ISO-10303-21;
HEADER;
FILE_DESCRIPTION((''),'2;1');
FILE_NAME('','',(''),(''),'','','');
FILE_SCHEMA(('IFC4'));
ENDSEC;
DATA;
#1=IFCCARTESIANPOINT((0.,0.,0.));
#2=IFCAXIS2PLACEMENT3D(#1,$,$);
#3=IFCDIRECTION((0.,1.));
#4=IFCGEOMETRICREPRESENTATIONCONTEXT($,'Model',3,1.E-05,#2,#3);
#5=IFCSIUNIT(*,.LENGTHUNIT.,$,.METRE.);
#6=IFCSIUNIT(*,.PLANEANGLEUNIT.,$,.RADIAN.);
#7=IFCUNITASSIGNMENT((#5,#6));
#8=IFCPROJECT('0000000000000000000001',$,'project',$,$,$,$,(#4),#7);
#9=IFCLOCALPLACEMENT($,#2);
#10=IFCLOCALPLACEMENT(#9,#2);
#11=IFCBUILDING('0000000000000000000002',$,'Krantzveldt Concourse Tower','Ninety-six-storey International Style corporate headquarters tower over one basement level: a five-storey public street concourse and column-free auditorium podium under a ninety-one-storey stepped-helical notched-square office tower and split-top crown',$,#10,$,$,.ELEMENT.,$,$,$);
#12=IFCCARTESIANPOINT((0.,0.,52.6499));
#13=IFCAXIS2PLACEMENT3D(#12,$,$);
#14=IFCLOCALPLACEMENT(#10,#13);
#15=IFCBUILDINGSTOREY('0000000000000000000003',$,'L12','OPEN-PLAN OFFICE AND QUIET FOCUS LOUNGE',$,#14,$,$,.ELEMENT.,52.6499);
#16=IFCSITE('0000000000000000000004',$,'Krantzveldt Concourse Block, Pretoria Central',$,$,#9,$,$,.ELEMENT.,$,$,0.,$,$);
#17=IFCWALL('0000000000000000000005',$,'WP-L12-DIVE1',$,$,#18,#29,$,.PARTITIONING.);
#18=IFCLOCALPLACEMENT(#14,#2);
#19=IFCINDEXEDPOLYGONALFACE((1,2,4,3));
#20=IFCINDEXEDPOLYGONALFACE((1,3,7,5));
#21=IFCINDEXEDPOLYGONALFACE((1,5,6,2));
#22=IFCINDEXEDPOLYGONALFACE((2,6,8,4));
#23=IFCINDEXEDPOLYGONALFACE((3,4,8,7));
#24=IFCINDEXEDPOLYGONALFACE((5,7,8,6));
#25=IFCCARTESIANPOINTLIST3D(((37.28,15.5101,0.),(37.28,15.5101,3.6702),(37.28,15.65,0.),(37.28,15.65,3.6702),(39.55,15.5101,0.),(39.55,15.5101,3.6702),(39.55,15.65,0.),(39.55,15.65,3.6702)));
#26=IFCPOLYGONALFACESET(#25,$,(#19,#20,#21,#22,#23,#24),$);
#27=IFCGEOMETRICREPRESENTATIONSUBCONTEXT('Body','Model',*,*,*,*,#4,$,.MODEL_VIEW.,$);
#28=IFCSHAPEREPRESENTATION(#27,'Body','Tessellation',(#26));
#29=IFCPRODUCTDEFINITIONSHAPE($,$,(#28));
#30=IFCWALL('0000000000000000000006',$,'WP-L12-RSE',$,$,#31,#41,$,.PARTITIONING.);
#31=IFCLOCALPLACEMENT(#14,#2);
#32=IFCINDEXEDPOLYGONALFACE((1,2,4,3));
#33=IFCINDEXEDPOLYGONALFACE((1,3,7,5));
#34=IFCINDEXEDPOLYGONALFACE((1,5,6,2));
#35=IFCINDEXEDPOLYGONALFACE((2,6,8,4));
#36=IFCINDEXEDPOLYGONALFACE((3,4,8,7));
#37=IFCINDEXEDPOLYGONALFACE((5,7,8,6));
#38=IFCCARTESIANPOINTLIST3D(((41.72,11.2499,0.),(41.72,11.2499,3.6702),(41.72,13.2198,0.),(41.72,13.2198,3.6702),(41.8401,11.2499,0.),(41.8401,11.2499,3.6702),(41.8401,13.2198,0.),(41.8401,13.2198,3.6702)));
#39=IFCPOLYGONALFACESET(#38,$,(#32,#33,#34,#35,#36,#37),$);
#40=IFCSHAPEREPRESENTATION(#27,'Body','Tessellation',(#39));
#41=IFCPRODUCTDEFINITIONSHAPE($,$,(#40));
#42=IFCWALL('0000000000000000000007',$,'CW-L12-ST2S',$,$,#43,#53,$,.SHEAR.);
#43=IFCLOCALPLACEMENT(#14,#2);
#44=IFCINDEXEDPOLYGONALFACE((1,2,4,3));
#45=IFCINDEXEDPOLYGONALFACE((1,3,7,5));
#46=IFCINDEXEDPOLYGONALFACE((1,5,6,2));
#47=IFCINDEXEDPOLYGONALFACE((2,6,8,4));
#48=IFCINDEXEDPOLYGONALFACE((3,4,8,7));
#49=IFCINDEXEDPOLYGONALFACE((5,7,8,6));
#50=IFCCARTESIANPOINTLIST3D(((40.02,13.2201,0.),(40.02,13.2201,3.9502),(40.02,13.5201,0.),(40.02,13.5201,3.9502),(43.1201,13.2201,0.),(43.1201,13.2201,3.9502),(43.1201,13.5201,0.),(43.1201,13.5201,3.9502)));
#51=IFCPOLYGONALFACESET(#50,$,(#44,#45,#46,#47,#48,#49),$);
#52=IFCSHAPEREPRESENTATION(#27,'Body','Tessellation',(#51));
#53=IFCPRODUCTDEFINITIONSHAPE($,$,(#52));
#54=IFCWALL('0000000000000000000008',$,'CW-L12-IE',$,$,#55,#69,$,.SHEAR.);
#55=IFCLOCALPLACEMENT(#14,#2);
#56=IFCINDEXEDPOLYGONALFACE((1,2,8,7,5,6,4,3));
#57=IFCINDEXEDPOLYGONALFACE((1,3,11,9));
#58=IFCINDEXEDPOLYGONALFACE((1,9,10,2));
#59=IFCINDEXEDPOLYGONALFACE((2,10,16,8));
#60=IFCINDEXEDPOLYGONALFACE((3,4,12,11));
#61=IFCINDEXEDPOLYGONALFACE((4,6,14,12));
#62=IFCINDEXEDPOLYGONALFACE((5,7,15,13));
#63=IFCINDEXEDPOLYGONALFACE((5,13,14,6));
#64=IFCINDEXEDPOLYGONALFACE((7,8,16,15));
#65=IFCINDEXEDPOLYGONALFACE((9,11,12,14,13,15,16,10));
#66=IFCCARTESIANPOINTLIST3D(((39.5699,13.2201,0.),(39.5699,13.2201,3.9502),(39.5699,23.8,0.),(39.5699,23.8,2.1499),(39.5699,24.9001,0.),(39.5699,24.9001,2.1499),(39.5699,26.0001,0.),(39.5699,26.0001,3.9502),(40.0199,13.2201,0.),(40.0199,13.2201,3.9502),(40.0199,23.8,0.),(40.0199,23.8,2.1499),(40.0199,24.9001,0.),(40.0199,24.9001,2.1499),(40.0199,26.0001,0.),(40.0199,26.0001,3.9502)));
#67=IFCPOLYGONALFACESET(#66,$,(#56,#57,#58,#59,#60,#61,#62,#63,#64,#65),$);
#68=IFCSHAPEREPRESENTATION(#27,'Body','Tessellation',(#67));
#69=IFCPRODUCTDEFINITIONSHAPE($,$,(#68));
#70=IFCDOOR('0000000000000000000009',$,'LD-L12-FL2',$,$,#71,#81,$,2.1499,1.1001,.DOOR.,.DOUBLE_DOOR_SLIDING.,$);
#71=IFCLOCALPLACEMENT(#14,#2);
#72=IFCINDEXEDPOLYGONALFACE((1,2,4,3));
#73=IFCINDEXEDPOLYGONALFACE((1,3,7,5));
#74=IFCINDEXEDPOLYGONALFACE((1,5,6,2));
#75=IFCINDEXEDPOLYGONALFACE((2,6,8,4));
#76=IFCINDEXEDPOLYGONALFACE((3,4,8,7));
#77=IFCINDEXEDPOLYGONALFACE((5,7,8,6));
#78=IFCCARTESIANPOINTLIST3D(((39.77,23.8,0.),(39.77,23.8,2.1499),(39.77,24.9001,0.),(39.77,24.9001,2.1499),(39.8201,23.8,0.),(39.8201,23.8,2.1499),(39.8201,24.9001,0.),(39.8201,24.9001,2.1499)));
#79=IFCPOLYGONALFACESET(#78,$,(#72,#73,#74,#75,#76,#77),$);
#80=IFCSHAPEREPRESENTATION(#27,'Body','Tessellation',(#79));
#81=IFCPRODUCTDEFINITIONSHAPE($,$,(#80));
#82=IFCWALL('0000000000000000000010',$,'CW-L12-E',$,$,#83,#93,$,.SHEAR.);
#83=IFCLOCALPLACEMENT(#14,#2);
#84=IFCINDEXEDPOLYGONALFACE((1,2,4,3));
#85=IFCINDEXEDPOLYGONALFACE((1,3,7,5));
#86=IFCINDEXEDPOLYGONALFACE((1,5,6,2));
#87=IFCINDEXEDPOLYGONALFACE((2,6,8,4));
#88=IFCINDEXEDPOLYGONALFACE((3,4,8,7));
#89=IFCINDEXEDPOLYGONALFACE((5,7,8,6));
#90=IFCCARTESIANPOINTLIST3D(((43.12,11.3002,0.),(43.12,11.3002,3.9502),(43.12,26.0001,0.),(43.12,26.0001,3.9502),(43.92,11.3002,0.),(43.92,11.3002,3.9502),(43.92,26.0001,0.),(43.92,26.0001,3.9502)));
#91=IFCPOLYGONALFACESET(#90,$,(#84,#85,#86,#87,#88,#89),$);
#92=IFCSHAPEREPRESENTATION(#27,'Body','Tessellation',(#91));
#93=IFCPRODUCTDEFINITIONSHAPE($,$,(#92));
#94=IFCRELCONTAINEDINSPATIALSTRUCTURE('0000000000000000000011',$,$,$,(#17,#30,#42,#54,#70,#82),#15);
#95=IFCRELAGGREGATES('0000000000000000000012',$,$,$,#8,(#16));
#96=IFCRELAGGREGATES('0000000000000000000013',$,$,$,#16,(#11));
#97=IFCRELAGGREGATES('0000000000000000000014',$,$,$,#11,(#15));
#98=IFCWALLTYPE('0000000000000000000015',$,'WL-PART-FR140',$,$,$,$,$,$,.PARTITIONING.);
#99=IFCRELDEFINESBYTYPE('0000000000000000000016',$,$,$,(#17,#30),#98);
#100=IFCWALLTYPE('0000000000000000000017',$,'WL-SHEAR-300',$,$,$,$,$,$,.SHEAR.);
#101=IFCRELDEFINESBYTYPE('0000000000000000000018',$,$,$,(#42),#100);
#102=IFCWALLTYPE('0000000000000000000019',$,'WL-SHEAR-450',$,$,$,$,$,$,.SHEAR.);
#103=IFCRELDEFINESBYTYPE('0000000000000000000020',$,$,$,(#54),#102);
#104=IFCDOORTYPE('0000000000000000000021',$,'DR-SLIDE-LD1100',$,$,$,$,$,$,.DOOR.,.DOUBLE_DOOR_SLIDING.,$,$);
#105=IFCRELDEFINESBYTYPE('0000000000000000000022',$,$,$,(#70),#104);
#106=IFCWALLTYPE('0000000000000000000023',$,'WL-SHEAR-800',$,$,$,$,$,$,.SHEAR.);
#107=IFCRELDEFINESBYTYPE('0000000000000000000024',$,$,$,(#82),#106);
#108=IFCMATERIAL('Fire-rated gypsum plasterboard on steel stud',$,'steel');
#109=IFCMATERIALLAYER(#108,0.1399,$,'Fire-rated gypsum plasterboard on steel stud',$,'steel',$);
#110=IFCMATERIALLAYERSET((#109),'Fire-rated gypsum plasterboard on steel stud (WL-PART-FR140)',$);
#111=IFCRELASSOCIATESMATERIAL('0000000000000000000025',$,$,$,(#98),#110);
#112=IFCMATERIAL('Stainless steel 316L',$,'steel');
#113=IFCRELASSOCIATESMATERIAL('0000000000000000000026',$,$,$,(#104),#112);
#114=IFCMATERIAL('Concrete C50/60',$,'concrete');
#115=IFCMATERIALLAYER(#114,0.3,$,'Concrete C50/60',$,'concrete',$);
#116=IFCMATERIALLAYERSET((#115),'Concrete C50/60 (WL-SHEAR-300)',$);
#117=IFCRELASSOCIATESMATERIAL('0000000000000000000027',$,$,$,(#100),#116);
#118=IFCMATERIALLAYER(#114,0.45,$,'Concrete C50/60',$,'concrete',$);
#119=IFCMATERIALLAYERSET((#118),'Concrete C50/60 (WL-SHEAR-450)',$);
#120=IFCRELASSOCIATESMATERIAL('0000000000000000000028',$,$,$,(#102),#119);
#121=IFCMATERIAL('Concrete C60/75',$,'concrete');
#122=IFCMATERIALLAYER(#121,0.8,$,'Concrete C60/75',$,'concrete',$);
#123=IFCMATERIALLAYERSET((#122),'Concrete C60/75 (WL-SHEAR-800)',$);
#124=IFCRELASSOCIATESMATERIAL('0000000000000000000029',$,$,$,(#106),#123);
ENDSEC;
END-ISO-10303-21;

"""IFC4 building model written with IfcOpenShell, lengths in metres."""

from ifc_helpers import new_model, si_unit, direction, frame, frame_2d, origin, place, context, subcontext, project, spatial, rectangle, extrude, material, layer, layer_set, type_object, element, fill, save


model = new_model("IFC4")

# Units and contexts
model_context = context("Model", 3, precision=1e-05, world=origin(), true_north=direction((0.0, 1.0)))
body_context = subcontext(model_context, "Body", "Model", "MODEL_VIEW")
ifc_project = project(units=[si_unit("LENGTHUNIT", "METRE"), si_unit("PLANEANGLEUNIT", "RADIAN")], contexts=[model_context])

# Site, building, storey
site_placement = place(None, origin())
site = spatial("IfcSite", under=ifc_project, at=site_placement, Name="Krantzveldt Concourse Block, Pretoria Central", CompositionType="ELEMENT", RefElevation=0.0)
building_placement = place(site_placement, origin())
building = spatial("IfcBuilding", under=site, at=building_placement, Name="Krantzveldt Concourse Tower", Description="Ninety-six-storey International Style corporate headquarters tower over one basement level: a five-storey public street concourse and column-free auditorium podium under a ninety-one-storey stepped-helical notched-square office tower and split-top crown", CompositionType="ELEMENT")
storey_placement = place(building_placement, frame((0.0, 0.0, 52.6499)))
storey = spatial("IfcBuildingStorey", under=building, at=storey_placement, Name="L12", Description="OPEN-PLAN OFFICE AND QUIET FOCUS LOUNGE", CompositionType="ELEMENT", Elevation=52.6499)

# Shared definitions
ifc_material_1 = material(Name="Fire-rated gypsum plasterboard on steel stud", Category="steel")
ifc_layer_1 = layer(ifc_material_1, 0.1399, Name="Fire-rated gypsum plasterboard on steel stud", Category="steel")
ifc_layer_set_1 = layer_set([ifc_layer_1], Name="Fire-rated gypsum plasterboard on steel stud (WL-PART-FR140)")
wall_type_1 = type_object("IfcWallType", Name="WL-PART-FR140", PredefinedType="PARTITIONING", material=ifc_layer_set_1)
ifc_material_2 = material(Name="Stainless steel 316L", Category="steel")
door_type = type_object("IfcDoorType", Name="DR-SLIDE-LD1100", OperationType="DOUBLE_DOOR_SLIDING", PredefinedType="DOOR", material=ifc_material_2)

# Walls
wall_1_placement = place(storey_placement, frame((37.28, 15.5801, 0.0), z_axis=(0.0, 0.0, 1.0), x_axis=(1.0, 0.0, 0.0)))
element("IfcWall", 1, at=wall_1_placement, inside=storey, type_object=wall_type_1, Name="WP-L12-DIVE1", PredefinedType="PARTITIONING", context=body_context, shape_type="SweptSolid", body=[
    extrude(rectangle(XDim=2.27, YDim=0.1399, at=frame_2d((1.135, 0.0))), origin(), (0.0, 0.0, 1.0), 3.6702),
])
wall_2_placement = place(storey_placement, frame((41.78, 11.25, 0.0), z_axis=(0.0, 0.0, 1.0), x_axis=(0.0, 1.0, 0.0)))
element("IfcWall", 2, at=wall_2_placement, inside=storey, type_object=wall_type_1, Name="WP-L12-RSE", PredefinedType="PARTITIONING", context=body_context, shape_type="SweptSolid", body=[
    extrude(rectangle(XDim=1.97, YDim=0.1201, at=frame_2d((0.9849, 0.0))), origin(), (0.0, 0.0, 1.0), 3.6702),
])
ifc_material_3 = material(Name="Concrete C50/60", Category="concrete")
ifc_layer_2 = layer(ifc_material_3, 0.3, Name="Concrete C50/60", Category="concrete")
ifc_layer_set_2 = layer_set([ifc_layer_2], Name="Concrete C50/60 (WL-SHEAR-300)")
wall_type_2 = type_object("IfcWallType", Name="WL-SHEAR-300", PredefinedType="SHEAR", material=ifc_layer_set_2)
wall_3_placement = place(storey_placement, frame((40.02, 13.3701, 0.0), z_axis=(0.0, 0.0, 1.0), x_axis=(1.0, 0.0, 0.0)))
element("IfcWall", 3, at=wall_3_placement, inside=storey, type_object=wall_type_2, Name="CW-L12-ST2S", PredefinedType="SHEAR", context=body_context, shape_type="SweptSolid", body=[
    extrude(rectangle(XDim=3.1001, YDim=0.3, at=frame_2d((1.55, 0.0))), origin(), (0.0, 0.0, 1.0), 3.9502),
])

# Wall, opening, door
ifc_layer_3 = layer(ifc_material_3, 0.45, Name="Concrete C50/60", Category="concrete")
ifc_layer_set_3 = layer_set([ifc_layer_3], Name="Concrete C50/60 (WL-SHEAR-450)")
wall_type_3 = type_object("IfcWallType", Name="WL-SHEAR-450", PredefinedType="SHEAR", material=ifc_layer_set_3)
wall_4_placement = place(storey_placement, frame((39.7949, 13.22, 0.0), z_axis=(0.0, 0.0, 1.0), x_axis=(0.0, 1.0, 0.0)))
wall_4 = element("IfcWall", 4, at=wall_4_placement, inside=storey, type_object=wall_type_3, Name="CW-L12-IE", PredefinedType="SHEAR", context=body_context, shape_type="SweptSolid", body=[
    extrude(rectangle(XDim=12.78, YDim=0.45, at=frame_2d((6.3901, 0.0))), origin(), (0.0, 0.0, 1.0), 3.9502),
])
opening_1_placement = place(wall_4_placement, frame((10.5801, 0.0, 0.0)))
opening_1 = element("IfcOpeningElement", 5, at=opening_1_placement, cuts=wall_4, PredefinedType="OPENING", context=body_context, shape_type="SweptSolid", body=[
    extrude(rectangle(XDim=1.1001, YDim=2.1499, at=frame_2d((0.55, 1.075))), frame((0.0, 0.2349, 0.0), z_axis=(0.0, -1.0, 0.0), x_axis=(1.0, 0.0, 0.0)), (0.0, 0.0, 1.0), 0.47),
])
door_1_placement = place(opening_1_placement, origin())
door_1 = element("IfcDoor", 6, at=door_1_placement, inside=storey, type_object=door_type, Name="LD-L12-FL2", OperationType="DOUBLE_DOOR_SLIDING", OverallHeight=2.1499, OverallWidth=1.1001, PredefinedType="DOOR", context=body_context, shape_type="SweptSolid", body=[
    extrude(rectangle(XDim=1.1001, YDim=2.1499, at=frame_2d((0.55, 1.075))), frame((0.0, 0.0249, 0.0), z_axis=(0.0, -1.0, 0.0), x_axis=(1.0, 0.0, 0.0)), (0.0, 0.0, 1.0), 0.05),
])
fill(opening_1, door_1)

# Wall
ifc_material_4 = material(Name="Concrete C60/75", Category="concrete")
ifc_layer_4 = layer(ifc_material_4, 0.8, Name="Concrete C60/75", Category="concrete")
ifc_layer_set_4 = layer_set([ifc_layer_4], Name="Concrete C60/75 (WL-SHEAR-800)")
wall_type_4 = type_object("IfcWallType", Name="WL-SHEAR-800", PredefinedType="SHEAR", material=ifc_layer_set_4)
wall_5_placement = place(storey_placement, frame((43.52, 11.3, 0.0), z_axis=(0.0, 0.0, 1.0), x_axis=(0.0, 1.0, 0.0)))
element("IfcWall", 7, at=wall_5_placement, inside=storey, type_object=wall_type_4, Name="CW-L12-E", PredefinedType="SHEAR", context=body_context, shape_type="SweptSolid", body=[
    extrude(rectangle(XDim=14.7, YDim=0.8, at=frame_2d((7.3501, 0.0))), origin(), (0.0, 0.0, 1.0), 3.9502),
])

save(model, "model.ifc")
